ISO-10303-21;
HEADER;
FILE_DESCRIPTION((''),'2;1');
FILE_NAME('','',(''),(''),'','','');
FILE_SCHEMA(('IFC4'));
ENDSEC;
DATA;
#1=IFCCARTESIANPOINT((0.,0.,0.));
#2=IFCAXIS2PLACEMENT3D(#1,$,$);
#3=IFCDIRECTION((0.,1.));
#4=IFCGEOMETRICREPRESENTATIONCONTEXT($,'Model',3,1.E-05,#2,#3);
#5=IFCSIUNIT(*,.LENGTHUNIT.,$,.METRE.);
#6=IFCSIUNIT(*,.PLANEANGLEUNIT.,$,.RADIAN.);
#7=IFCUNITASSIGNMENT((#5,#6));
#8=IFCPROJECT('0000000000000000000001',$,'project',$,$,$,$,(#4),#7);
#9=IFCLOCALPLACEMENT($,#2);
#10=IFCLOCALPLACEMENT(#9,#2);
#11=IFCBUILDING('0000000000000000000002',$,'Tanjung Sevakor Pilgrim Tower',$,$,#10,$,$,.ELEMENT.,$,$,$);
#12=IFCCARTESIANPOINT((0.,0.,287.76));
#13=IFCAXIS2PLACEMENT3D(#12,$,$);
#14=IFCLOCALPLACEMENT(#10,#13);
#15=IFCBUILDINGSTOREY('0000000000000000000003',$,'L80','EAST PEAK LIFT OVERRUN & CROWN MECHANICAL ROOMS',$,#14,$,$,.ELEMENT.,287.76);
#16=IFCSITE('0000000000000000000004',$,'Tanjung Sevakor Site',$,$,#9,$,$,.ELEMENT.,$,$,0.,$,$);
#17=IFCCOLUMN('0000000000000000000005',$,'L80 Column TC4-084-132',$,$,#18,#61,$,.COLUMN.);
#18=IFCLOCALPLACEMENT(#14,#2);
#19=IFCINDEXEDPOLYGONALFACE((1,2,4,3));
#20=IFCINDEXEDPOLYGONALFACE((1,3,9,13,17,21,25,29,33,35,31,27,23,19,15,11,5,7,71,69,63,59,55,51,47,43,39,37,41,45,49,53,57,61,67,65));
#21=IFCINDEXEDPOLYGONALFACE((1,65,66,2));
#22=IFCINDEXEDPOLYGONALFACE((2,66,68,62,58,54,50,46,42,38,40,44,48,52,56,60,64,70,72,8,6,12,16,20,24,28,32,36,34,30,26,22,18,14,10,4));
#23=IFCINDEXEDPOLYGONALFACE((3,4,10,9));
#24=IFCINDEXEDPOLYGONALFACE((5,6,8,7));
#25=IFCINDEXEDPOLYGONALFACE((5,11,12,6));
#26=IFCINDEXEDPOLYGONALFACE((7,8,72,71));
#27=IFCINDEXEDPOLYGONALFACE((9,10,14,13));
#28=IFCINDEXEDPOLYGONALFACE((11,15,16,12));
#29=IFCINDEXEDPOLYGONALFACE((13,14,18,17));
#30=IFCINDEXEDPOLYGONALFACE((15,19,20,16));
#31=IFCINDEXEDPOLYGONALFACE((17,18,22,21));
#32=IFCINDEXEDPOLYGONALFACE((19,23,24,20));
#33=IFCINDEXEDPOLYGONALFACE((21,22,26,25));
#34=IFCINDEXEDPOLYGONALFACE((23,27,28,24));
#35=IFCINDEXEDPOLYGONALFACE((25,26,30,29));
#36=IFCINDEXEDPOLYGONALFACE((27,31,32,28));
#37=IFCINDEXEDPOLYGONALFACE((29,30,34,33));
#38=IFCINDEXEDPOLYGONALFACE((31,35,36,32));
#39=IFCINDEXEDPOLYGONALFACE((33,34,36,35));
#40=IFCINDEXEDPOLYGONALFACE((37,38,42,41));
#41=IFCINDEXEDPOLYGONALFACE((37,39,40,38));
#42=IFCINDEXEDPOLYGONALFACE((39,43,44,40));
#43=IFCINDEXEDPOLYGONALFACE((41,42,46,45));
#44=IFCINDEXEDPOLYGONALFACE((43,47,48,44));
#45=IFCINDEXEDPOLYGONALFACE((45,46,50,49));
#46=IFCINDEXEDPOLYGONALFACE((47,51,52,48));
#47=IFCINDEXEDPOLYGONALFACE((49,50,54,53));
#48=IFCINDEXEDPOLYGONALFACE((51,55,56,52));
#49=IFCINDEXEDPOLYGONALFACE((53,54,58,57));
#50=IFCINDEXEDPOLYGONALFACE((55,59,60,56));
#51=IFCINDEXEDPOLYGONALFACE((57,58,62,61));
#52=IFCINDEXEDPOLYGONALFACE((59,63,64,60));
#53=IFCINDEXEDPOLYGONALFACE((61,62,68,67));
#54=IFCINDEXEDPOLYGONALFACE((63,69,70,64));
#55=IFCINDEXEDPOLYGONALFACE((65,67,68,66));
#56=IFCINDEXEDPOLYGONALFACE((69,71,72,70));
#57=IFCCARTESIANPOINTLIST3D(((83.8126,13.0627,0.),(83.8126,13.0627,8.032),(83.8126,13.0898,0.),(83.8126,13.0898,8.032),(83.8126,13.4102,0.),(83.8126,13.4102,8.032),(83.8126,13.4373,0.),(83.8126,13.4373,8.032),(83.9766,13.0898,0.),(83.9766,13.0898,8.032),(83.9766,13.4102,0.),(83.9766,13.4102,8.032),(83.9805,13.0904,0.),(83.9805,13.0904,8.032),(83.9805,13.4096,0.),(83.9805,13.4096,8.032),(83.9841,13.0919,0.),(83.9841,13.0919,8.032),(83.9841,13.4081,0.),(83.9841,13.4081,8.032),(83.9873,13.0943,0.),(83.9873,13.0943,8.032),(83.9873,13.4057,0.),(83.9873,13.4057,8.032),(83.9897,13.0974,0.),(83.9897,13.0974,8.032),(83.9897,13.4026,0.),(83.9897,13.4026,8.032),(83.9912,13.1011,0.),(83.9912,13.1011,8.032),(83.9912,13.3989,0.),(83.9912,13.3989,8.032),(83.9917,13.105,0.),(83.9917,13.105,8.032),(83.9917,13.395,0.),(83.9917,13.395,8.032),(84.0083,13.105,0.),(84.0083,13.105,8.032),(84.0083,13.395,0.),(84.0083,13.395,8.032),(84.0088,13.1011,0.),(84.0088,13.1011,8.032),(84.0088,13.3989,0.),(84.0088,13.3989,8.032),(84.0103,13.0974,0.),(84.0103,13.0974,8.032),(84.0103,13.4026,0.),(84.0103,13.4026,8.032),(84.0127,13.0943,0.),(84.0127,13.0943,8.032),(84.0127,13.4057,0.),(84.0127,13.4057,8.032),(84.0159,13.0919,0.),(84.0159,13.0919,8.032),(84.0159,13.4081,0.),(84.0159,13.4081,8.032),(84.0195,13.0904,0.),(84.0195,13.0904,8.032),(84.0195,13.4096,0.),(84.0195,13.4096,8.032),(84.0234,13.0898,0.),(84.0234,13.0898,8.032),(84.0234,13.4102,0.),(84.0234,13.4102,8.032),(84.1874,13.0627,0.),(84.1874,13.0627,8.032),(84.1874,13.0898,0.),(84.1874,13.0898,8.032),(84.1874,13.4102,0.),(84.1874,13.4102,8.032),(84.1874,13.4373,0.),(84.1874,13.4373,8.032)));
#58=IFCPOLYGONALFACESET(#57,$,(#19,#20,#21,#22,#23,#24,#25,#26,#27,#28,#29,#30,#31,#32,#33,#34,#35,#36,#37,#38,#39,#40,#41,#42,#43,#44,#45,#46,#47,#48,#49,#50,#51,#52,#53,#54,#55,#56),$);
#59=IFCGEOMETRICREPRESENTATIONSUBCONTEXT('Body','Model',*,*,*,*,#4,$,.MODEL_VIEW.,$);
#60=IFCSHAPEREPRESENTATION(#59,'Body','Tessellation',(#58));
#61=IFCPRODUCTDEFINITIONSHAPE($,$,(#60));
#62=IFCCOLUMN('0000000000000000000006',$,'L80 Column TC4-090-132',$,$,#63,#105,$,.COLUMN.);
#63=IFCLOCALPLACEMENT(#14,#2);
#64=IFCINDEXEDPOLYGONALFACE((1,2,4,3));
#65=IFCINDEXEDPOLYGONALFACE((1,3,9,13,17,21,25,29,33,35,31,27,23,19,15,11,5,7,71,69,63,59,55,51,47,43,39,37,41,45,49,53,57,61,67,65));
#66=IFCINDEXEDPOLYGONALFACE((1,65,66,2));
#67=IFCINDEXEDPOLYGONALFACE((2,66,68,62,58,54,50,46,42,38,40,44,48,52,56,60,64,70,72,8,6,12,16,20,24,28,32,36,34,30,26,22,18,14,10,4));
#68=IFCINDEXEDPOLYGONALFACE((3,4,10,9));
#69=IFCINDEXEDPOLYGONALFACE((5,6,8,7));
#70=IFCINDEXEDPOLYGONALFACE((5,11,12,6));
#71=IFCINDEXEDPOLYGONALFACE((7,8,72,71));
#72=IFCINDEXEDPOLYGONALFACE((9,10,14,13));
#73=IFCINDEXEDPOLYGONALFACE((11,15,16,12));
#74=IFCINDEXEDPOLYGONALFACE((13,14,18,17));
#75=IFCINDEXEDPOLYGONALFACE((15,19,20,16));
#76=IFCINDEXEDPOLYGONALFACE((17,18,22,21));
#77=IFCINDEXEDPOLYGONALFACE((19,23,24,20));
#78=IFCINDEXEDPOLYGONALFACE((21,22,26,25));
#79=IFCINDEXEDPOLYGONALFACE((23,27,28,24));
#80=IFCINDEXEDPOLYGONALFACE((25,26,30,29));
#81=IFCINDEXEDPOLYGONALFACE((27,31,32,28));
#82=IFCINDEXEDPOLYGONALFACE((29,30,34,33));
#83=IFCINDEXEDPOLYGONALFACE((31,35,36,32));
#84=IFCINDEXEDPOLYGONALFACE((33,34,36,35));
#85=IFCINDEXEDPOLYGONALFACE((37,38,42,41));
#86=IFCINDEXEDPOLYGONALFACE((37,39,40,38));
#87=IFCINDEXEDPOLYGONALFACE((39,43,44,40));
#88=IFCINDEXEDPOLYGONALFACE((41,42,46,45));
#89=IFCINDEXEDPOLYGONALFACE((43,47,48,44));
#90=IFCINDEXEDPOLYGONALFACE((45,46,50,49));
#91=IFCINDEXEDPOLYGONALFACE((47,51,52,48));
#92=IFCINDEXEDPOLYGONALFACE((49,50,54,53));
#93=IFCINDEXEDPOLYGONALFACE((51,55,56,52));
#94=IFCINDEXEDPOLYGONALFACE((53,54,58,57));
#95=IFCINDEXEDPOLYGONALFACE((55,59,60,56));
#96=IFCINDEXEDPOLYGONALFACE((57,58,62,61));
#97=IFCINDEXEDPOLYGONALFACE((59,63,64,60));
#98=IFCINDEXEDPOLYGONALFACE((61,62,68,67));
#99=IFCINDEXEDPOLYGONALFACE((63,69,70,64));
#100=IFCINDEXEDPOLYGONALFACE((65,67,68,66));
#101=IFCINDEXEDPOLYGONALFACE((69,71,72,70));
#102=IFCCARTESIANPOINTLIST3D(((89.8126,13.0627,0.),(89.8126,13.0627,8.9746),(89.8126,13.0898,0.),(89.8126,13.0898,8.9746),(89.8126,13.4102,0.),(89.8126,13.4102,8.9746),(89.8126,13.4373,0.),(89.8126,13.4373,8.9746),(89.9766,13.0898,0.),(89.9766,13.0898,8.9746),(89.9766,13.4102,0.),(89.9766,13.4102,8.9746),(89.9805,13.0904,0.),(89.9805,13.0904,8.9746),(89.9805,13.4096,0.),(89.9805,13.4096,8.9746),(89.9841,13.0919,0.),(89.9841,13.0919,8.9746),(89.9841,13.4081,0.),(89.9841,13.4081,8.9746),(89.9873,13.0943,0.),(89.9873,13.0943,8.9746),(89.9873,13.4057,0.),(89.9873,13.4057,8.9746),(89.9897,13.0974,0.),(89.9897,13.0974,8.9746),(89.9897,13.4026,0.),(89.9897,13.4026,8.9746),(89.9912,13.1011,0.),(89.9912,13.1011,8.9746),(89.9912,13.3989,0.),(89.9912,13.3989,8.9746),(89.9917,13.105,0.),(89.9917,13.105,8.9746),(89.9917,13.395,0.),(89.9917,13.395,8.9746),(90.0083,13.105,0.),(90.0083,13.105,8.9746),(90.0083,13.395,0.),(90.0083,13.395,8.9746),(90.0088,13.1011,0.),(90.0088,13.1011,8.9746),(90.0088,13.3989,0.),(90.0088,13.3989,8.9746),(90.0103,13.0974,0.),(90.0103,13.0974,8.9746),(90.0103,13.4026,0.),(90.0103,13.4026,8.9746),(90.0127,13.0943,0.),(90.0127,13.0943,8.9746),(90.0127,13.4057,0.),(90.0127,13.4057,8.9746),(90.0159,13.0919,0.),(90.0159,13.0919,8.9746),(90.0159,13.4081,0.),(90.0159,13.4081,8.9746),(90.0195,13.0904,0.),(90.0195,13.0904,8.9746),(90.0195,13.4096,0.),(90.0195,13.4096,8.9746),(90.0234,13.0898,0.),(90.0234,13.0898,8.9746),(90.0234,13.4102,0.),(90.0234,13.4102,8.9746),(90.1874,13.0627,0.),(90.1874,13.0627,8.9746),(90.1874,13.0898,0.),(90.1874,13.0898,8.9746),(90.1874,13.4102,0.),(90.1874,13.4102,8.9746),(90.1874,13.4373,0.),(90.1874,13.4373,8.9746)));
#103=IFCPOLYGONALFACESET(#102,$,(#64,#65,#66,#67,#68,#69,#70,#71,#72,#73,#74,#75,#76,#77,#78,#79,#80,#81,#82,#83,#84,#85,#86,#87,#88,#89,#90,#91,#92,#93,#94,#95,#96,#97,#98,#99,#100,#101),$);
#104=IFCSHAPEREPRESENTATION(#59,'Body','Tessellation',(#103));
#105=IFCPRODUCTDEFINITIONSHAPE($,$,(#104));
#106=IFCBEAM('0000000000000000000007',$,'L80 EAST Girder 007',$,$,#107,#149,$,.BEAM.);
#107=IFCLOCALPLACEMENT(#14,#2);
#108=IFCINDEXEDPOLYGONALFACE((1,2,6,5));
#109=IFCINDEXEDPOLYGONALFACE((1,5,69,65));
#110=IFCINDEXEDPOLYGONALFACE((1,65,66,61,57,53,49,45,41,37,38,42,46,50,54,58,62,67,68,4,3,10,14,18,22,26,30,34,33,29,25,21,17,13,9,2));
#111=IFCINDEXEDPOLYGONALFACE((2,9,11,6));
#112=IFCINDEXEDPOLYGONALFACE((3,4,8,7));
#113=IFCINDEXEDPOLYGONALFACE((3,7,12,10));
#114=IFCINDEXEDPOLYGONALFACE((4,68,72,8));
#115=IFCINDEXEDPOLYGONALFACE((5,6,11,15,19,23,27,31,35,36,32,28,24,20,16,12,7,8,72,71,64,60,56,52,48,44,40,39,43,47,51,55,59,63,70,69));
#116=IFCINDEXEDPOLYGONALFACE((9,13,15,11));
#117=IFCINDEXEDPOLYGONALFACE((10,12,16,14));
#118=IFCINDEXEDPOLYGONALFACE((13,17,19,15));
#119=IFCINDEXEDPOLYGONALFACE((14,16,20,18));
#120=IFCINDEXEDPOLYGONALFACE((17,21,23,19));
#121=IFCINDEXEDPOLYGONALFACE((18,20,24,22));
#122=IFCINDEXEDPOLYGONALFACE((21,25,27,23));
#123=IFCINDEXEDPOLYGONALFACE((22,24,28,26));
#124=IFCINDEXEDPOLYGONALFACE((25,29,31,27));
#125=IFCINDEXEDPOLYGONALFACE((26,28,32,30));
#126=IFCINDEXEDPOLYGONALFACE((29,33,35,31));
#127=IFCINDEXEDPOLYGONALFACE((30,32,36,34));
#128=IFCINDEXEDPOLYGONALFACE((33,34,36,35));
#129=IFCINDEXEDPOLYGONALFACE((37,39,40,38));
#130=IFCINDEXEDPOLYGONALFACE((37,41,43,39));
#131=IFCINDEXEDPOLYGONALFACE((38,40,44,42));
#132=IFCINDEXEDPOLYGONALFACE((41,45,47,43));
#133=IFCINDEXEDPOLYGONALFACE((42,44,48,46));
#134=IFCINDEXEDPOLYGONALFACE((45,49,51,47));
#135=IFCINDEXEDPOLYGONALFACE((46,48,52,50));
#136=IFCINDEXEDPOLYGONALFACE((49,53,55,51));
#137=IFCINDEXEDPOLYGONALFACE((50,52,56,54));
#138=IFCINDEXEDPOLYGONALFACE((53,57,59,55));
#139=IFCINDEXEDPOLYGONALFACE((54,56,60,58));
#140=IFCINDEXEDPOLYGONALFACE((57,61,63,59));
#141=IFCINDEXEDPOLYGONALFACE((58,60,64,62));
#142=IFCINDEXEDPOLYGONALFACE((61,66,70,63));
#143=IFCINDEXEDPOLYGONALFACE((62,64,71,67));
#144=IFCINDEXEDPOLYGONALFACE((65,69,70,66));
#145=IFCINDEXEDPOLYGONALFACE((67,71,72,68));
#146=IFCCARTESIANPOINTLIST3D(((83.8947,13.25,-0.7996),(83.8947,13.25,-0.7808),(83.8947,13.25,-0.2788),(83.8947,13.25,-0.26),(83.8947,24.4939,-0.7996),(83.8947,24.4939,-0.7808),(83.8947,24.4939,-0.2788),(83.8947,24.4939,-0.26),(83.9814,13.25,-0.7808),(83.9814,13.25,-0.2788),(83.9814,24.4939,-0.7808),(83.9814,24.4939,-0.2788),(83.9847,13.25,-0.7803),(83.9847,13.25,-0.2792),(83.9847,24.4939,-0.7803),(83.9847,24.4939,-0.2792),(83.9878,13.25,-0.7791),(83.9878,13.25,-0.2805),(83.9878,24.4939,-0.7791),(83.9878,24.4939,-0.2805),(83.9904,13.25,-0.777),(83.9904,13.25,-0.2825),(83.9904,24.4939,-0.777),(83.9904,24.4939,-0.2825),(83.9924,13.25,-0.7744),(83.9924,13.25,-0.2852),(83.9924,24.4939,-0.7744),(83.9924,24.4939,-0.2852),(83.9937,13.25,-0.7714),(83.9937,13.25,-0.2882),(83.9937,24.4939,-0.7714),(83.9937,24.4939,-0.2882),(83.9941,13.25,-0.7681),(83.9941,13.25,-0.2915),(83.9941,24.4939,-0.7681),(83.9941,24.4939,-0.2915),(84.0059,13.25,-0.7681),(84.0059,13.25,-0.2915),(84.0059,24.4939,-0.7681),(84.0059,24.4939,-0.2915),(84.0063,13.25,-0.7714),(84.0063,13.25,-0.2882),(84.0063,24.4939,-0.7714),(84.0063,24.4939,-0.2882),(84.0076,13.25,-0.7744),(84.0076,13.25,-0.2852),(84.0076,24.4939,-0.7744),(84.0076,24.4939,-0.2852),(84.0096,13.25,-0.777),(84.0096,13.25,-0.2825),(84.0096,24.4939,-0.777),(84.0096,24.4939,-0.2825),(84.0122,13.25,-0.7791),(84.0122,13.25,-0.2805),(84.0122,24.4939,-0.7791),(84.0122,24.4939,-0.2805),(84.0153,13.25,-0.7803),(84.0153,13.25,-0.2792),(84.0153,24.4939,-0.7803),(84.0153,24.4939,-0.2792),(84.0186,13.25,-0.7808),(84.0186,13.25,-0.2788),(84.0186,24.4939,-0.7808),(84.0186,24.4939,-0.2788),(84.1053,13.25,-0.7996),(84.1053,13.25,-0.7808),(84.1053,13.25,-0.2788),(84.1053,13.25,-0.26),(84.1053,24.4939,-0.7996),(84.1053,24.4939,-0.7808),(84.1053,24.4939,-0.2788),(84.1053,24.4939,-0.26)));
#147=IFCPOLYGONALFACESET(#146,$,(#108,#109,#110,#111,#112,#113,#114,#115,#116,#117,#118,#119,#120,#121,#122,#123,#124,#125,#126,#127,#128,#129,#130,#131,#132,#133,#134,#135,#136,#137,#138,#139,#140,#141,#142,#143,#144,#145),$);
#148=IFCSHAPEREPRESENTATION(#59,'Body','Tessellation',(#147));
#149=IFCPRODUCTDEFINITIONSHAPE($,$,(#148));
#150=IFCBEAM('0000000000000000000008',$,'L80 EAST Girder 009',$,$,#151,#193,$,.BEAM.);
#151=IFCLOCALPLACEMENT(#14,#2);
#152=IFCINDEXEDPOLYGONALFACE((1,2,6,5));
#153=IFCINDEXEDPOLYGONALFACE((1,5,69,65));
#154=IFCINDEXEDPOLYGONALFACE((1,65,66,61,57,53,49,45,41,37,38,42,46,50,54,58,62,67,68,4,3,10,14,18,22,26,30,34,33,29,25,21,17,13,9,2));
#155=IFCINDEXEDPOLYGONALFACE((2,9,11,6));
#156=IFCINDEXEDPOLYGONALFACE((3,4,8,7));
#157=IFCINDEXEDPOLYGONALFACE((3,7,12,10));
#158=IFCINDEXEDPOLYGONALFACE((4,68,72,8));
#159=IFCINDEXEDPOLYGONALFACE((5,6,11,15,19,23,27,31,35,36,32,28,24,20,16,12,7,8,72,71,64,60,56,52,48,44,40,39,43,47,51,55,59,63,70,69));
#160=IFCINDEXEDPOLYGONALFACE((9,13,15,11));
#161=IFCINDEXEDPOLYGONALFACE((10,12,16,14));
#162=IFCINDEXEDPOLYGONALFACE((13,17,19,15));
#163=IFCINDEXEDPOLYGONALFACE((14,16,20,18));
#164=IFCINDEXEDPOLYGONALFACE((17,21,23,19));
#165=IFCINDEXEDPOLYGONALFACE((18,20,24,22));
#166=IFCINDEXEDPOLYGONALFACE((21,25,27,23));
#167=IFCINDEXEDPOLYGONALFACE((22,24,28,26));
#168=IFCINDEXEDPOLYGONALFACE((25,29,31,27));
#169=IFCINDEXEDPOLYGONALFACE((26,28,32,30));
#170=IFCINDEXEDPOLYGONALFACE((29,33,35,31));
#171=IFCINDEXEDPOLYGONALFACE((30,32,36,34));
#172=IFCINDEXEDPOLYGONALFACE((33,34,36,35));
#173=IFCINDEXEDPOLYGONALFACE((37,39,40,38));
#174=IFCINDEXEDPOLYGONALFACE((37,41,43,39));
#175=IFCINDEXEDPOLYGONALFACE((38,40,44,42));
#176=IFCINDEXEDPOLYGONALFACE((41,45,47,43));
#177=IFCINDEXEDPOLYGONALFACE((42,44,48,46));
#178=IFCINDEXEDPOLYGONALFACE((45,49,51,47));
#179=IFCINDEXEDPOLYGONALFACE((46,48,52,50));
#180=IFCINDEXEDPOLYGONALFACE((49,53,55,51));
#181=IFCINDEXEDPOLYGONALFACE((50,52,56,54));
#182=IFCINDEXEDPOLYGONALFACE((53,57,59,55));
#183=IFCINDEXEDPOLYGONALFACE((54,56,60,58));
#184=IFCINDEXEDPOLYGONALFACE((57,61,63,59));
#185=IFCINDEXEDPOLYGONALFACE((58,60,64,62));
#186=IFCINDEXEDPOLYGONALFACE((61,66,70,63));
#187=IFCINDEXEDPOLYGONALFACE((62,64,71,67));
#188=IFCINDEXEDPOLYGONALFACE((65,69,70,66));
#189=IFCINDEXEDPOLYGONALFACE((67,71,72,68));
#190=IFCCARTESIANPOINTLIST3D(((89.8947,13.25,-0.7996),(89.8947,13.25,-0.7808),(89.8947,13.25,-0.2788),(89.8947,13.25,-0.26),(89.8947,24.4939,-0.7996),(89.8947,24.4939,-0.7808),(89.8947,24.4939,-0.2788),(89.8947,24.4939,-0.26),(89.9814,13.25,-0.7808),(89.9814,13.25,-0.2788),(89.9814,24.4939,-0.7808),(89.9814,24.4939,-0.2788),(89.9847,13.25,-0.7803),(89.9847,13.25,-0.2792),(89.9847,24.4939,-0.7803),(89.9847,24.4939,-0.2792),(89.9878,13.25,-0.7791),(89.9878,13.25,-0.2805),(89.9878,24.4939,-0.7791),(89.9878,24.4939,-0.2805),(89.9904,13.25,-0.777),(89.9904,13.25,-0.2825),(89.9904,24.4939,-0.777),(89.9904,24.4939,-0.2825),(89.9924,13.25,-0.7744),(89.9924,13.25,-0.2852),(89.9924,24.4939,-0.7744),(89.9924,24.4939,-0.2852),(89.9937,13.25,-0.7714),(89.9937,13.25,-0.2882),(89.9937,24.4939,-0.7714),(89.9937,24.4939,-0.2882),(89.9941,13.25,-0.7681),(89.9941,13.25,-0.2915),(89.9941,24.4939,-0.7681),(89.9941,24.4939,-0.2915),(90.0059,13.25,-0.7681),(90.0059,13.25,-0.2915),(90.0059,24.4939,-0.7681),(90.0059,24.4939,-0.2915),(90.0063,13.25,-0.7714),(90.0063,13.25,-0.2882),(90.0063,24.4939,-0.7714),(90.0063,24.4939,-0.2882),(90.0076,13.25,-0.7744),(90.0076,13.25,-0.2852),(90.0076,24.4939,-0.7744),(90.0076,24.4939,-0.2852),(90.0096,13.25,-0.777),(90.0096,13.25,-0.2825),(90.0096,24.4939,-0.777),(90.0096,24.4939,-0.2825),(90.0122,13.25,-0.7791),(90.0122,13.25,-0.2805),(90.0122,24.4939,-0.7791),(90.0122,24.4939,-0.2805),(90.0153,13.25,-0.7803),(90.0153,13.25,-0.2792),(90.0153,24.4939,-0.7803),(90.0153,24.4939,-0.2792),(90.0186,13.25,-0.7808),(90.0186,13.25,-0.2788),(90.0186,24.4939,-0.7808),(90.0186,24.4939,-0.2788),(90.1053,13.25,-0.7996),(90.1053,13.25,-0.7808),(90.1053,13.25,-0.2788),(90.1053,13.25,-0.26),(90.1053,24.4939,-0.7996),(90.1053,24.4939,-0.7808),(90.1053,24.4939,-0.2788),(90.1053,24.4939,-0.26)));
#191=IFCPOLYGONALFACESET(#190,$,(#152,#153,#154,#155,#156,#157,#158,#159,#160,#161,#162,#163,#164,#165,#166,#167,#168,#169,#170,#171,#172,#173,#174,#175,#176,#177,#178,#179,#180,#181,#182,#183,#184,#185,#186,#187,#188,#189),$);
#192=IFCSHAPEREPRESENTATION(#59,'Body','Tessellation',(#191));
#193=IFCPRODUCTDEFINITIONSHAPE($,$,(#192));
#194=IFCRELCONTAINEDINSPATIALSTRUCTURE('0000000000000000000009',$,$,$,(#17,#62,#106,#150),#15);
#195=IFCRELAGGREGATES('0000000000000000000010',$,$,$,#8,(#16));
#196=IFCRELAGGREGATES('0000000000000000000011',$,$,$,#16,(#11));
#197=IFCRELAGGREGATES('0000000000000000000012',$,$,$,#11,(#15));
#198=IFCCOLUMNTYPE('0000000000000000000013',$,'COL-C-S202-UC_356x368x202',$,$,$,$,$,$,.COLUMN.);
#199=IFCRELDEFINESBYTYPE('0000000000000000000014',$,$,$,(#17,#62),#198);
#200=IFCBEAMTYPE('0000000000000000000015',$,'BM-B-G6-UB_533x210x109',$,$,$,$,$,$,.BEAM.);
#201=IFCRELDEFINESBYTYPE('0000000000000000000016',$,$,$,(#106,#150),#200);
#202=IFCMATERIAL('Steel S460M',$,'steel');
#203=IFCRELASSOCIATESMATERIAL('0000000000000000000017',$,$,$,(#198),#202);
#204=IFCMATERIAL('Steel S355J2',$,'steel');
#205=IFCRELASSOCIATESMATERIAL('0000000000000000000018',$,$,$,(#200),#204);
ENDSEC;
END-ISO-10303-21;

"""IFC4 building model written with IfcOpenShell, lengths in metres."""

from ifc_helpers import new_model, si_unit, direction, frame, origin, origin_2d, place, context, subcontext, project, spatial, i_section, extrude, material, material_profile, profile_set, type_object, element, save


model = new_model("IFC4")

# Units and contexts
model_context = context("Model", 3, precision=1e-05, world=origin(), true_north=direction((0.0, 1.0)))
body_context = subcontext(model_context, "Body", "Model", "MODEL_VIEW")
ifc_project = project(units=[si_unit("LENGTHUNIT", "METRE"), si_unit("PLANEANGLEUNIT", "RADIAN")], contexts=[model_context])

# Site, building, storey
site_placement = place(None, origin())
site = spatial("IfcSite", under=ifc_project, at=site_placement, Name="Tanjung Sevakor Site", CompositionType="ELEMENT", RefElevation=0.0)
building_placement = place(site_placement, origin())
building = spatial("IfcBuilding", under=site, at=building_placement, Name="Tanjung Sevakor Pilgrim Tower", CompositionType="ELEMENT")
storey_placement = place(building_placement, frame((0.0, 0.0, 287.76)))
storey = spatial("IfcBuildingStorey", under=building, at=storey_placement, Name="L80", Description="EAST PEAK LIFT OVERRUN & CROWN MECHANICAL ROOMS", CompositionType="ELEMENT", Elevation=287.76)

# Columns
ifc_material_1 = material(Name="Steel S460M", Category="steel")
ifc_material_profile_1 = material_profile(ifc_material_1, i_section(OverallWidth=0.3748, OverallDepth=0.3745, WebThickness=0.0166, FlangeThickness=0.0271, FilletRadius=0.0151, at=origin_2d()))
ifc_profile_set_1 = profile_set([ifc_material_profile_1], Name="Steel S460M")
column_type = type_object("IfcColumnType", Name="COL-C-S202-UC_356x368x202", PredefinedType="COLUMN", material=ifc_profile_set_1)
column_1_placement = place(storey_placement, frame((84.0, 13.25, 0.0), z_axis=(0.0, 0.0, 1.0), x_axis=(1.0, 0.0, 0.0)))
element("IfcColumn", 1, at=column_1_placement, inside=storey, type_object=column_type, Name="L80 Column TC4-084-132", PredefinedType="COLUMN", context=body_context, shape_type="SweptSolid", body=[
    extrude(i_section(OverallWidth=0.3748, OverallDepth=0.3745, WebThickness=0.0166, FlangeThickness=0.0271, FilletRadius=0.0151, at=origin_2d()), origin(), (0.0, 0.0, 1.0), 8.032),
])
column_2_placement = place(storey_placement, frame((90.0, 13.25, 0.0), z_axis=(0.0, 0.0, 1.0), x_axis=(1.0, 0.0, 0.0)))
element("IfcColumn", 2, at=column_2_placement, inside=storey, type_object=column_type, Name="L80 Column TC4-090-132", PredefinedType="COLUMN", context=body_context, shape_type="SweptSolid", body=[
    extrude(i_section(OverallWidth=0.3748, OverallDepth=0.3745, WebThickness=0.0166, FlangeThickness=0.0271, FilletRadius=0.0151, at=origin_2d()), origin(), (0.0, 0.0, 1.0), 8.9746),
])

# Beams
ifc_material_2 = material(Name="Steel S355J2", Category="steel")
ifc_material_profile_2 = material_profile(ifc_material_2, i_section(OverallWidth=0.2107, OverallDepth=0.5396, WebThickness=0.0117, FlangeThickness=0.0188, FilletRadius=0.0127, at=origin_2d()))
ifc_profile_set_2 = profile_set([ifc_material_profile_2], Name="Steel S355J2")
beam_type_1 = type_object("IfcBeamType", Name="BM-B-G6-UB_533x210x109", PredefinedType="BEAM", material=ifc_profile_set_2)
for number, where, z_axis, x_axis, name in (
    (3, (84.0, 13.25, -0.5298), (0.0, 1.0, 0.0), (-1.0, 0.0, 0.0), "L80 EAST Girder 007"),
    (4, (90.0, 13.25, -0.5298), (0.0, 1.0, 0.0), (-1.0, 0.0, 0.0), "L80 EAST Girder 009"),
):
    element("IfcBeam", number, at=place(storey_placement, frame(where, z_axis=z_axis, x_axis=x_axis)), inside=storey, type_object=beam_type_1, Name=name, PredefinedType="BEAM", context=body_context, shape_type="SweptSolid", body=[
        extrude(i_section(OverallWidth=0.2107, OverallDepth=0.5396, WebThickness=0.0117, FlangeThickness=0.0188, FilletRadius=0.0127, at=origin_2d()), origin(), (0.0, 0.0, 1.0), 11.2439),
    ])

save(model, "model.ifc")
